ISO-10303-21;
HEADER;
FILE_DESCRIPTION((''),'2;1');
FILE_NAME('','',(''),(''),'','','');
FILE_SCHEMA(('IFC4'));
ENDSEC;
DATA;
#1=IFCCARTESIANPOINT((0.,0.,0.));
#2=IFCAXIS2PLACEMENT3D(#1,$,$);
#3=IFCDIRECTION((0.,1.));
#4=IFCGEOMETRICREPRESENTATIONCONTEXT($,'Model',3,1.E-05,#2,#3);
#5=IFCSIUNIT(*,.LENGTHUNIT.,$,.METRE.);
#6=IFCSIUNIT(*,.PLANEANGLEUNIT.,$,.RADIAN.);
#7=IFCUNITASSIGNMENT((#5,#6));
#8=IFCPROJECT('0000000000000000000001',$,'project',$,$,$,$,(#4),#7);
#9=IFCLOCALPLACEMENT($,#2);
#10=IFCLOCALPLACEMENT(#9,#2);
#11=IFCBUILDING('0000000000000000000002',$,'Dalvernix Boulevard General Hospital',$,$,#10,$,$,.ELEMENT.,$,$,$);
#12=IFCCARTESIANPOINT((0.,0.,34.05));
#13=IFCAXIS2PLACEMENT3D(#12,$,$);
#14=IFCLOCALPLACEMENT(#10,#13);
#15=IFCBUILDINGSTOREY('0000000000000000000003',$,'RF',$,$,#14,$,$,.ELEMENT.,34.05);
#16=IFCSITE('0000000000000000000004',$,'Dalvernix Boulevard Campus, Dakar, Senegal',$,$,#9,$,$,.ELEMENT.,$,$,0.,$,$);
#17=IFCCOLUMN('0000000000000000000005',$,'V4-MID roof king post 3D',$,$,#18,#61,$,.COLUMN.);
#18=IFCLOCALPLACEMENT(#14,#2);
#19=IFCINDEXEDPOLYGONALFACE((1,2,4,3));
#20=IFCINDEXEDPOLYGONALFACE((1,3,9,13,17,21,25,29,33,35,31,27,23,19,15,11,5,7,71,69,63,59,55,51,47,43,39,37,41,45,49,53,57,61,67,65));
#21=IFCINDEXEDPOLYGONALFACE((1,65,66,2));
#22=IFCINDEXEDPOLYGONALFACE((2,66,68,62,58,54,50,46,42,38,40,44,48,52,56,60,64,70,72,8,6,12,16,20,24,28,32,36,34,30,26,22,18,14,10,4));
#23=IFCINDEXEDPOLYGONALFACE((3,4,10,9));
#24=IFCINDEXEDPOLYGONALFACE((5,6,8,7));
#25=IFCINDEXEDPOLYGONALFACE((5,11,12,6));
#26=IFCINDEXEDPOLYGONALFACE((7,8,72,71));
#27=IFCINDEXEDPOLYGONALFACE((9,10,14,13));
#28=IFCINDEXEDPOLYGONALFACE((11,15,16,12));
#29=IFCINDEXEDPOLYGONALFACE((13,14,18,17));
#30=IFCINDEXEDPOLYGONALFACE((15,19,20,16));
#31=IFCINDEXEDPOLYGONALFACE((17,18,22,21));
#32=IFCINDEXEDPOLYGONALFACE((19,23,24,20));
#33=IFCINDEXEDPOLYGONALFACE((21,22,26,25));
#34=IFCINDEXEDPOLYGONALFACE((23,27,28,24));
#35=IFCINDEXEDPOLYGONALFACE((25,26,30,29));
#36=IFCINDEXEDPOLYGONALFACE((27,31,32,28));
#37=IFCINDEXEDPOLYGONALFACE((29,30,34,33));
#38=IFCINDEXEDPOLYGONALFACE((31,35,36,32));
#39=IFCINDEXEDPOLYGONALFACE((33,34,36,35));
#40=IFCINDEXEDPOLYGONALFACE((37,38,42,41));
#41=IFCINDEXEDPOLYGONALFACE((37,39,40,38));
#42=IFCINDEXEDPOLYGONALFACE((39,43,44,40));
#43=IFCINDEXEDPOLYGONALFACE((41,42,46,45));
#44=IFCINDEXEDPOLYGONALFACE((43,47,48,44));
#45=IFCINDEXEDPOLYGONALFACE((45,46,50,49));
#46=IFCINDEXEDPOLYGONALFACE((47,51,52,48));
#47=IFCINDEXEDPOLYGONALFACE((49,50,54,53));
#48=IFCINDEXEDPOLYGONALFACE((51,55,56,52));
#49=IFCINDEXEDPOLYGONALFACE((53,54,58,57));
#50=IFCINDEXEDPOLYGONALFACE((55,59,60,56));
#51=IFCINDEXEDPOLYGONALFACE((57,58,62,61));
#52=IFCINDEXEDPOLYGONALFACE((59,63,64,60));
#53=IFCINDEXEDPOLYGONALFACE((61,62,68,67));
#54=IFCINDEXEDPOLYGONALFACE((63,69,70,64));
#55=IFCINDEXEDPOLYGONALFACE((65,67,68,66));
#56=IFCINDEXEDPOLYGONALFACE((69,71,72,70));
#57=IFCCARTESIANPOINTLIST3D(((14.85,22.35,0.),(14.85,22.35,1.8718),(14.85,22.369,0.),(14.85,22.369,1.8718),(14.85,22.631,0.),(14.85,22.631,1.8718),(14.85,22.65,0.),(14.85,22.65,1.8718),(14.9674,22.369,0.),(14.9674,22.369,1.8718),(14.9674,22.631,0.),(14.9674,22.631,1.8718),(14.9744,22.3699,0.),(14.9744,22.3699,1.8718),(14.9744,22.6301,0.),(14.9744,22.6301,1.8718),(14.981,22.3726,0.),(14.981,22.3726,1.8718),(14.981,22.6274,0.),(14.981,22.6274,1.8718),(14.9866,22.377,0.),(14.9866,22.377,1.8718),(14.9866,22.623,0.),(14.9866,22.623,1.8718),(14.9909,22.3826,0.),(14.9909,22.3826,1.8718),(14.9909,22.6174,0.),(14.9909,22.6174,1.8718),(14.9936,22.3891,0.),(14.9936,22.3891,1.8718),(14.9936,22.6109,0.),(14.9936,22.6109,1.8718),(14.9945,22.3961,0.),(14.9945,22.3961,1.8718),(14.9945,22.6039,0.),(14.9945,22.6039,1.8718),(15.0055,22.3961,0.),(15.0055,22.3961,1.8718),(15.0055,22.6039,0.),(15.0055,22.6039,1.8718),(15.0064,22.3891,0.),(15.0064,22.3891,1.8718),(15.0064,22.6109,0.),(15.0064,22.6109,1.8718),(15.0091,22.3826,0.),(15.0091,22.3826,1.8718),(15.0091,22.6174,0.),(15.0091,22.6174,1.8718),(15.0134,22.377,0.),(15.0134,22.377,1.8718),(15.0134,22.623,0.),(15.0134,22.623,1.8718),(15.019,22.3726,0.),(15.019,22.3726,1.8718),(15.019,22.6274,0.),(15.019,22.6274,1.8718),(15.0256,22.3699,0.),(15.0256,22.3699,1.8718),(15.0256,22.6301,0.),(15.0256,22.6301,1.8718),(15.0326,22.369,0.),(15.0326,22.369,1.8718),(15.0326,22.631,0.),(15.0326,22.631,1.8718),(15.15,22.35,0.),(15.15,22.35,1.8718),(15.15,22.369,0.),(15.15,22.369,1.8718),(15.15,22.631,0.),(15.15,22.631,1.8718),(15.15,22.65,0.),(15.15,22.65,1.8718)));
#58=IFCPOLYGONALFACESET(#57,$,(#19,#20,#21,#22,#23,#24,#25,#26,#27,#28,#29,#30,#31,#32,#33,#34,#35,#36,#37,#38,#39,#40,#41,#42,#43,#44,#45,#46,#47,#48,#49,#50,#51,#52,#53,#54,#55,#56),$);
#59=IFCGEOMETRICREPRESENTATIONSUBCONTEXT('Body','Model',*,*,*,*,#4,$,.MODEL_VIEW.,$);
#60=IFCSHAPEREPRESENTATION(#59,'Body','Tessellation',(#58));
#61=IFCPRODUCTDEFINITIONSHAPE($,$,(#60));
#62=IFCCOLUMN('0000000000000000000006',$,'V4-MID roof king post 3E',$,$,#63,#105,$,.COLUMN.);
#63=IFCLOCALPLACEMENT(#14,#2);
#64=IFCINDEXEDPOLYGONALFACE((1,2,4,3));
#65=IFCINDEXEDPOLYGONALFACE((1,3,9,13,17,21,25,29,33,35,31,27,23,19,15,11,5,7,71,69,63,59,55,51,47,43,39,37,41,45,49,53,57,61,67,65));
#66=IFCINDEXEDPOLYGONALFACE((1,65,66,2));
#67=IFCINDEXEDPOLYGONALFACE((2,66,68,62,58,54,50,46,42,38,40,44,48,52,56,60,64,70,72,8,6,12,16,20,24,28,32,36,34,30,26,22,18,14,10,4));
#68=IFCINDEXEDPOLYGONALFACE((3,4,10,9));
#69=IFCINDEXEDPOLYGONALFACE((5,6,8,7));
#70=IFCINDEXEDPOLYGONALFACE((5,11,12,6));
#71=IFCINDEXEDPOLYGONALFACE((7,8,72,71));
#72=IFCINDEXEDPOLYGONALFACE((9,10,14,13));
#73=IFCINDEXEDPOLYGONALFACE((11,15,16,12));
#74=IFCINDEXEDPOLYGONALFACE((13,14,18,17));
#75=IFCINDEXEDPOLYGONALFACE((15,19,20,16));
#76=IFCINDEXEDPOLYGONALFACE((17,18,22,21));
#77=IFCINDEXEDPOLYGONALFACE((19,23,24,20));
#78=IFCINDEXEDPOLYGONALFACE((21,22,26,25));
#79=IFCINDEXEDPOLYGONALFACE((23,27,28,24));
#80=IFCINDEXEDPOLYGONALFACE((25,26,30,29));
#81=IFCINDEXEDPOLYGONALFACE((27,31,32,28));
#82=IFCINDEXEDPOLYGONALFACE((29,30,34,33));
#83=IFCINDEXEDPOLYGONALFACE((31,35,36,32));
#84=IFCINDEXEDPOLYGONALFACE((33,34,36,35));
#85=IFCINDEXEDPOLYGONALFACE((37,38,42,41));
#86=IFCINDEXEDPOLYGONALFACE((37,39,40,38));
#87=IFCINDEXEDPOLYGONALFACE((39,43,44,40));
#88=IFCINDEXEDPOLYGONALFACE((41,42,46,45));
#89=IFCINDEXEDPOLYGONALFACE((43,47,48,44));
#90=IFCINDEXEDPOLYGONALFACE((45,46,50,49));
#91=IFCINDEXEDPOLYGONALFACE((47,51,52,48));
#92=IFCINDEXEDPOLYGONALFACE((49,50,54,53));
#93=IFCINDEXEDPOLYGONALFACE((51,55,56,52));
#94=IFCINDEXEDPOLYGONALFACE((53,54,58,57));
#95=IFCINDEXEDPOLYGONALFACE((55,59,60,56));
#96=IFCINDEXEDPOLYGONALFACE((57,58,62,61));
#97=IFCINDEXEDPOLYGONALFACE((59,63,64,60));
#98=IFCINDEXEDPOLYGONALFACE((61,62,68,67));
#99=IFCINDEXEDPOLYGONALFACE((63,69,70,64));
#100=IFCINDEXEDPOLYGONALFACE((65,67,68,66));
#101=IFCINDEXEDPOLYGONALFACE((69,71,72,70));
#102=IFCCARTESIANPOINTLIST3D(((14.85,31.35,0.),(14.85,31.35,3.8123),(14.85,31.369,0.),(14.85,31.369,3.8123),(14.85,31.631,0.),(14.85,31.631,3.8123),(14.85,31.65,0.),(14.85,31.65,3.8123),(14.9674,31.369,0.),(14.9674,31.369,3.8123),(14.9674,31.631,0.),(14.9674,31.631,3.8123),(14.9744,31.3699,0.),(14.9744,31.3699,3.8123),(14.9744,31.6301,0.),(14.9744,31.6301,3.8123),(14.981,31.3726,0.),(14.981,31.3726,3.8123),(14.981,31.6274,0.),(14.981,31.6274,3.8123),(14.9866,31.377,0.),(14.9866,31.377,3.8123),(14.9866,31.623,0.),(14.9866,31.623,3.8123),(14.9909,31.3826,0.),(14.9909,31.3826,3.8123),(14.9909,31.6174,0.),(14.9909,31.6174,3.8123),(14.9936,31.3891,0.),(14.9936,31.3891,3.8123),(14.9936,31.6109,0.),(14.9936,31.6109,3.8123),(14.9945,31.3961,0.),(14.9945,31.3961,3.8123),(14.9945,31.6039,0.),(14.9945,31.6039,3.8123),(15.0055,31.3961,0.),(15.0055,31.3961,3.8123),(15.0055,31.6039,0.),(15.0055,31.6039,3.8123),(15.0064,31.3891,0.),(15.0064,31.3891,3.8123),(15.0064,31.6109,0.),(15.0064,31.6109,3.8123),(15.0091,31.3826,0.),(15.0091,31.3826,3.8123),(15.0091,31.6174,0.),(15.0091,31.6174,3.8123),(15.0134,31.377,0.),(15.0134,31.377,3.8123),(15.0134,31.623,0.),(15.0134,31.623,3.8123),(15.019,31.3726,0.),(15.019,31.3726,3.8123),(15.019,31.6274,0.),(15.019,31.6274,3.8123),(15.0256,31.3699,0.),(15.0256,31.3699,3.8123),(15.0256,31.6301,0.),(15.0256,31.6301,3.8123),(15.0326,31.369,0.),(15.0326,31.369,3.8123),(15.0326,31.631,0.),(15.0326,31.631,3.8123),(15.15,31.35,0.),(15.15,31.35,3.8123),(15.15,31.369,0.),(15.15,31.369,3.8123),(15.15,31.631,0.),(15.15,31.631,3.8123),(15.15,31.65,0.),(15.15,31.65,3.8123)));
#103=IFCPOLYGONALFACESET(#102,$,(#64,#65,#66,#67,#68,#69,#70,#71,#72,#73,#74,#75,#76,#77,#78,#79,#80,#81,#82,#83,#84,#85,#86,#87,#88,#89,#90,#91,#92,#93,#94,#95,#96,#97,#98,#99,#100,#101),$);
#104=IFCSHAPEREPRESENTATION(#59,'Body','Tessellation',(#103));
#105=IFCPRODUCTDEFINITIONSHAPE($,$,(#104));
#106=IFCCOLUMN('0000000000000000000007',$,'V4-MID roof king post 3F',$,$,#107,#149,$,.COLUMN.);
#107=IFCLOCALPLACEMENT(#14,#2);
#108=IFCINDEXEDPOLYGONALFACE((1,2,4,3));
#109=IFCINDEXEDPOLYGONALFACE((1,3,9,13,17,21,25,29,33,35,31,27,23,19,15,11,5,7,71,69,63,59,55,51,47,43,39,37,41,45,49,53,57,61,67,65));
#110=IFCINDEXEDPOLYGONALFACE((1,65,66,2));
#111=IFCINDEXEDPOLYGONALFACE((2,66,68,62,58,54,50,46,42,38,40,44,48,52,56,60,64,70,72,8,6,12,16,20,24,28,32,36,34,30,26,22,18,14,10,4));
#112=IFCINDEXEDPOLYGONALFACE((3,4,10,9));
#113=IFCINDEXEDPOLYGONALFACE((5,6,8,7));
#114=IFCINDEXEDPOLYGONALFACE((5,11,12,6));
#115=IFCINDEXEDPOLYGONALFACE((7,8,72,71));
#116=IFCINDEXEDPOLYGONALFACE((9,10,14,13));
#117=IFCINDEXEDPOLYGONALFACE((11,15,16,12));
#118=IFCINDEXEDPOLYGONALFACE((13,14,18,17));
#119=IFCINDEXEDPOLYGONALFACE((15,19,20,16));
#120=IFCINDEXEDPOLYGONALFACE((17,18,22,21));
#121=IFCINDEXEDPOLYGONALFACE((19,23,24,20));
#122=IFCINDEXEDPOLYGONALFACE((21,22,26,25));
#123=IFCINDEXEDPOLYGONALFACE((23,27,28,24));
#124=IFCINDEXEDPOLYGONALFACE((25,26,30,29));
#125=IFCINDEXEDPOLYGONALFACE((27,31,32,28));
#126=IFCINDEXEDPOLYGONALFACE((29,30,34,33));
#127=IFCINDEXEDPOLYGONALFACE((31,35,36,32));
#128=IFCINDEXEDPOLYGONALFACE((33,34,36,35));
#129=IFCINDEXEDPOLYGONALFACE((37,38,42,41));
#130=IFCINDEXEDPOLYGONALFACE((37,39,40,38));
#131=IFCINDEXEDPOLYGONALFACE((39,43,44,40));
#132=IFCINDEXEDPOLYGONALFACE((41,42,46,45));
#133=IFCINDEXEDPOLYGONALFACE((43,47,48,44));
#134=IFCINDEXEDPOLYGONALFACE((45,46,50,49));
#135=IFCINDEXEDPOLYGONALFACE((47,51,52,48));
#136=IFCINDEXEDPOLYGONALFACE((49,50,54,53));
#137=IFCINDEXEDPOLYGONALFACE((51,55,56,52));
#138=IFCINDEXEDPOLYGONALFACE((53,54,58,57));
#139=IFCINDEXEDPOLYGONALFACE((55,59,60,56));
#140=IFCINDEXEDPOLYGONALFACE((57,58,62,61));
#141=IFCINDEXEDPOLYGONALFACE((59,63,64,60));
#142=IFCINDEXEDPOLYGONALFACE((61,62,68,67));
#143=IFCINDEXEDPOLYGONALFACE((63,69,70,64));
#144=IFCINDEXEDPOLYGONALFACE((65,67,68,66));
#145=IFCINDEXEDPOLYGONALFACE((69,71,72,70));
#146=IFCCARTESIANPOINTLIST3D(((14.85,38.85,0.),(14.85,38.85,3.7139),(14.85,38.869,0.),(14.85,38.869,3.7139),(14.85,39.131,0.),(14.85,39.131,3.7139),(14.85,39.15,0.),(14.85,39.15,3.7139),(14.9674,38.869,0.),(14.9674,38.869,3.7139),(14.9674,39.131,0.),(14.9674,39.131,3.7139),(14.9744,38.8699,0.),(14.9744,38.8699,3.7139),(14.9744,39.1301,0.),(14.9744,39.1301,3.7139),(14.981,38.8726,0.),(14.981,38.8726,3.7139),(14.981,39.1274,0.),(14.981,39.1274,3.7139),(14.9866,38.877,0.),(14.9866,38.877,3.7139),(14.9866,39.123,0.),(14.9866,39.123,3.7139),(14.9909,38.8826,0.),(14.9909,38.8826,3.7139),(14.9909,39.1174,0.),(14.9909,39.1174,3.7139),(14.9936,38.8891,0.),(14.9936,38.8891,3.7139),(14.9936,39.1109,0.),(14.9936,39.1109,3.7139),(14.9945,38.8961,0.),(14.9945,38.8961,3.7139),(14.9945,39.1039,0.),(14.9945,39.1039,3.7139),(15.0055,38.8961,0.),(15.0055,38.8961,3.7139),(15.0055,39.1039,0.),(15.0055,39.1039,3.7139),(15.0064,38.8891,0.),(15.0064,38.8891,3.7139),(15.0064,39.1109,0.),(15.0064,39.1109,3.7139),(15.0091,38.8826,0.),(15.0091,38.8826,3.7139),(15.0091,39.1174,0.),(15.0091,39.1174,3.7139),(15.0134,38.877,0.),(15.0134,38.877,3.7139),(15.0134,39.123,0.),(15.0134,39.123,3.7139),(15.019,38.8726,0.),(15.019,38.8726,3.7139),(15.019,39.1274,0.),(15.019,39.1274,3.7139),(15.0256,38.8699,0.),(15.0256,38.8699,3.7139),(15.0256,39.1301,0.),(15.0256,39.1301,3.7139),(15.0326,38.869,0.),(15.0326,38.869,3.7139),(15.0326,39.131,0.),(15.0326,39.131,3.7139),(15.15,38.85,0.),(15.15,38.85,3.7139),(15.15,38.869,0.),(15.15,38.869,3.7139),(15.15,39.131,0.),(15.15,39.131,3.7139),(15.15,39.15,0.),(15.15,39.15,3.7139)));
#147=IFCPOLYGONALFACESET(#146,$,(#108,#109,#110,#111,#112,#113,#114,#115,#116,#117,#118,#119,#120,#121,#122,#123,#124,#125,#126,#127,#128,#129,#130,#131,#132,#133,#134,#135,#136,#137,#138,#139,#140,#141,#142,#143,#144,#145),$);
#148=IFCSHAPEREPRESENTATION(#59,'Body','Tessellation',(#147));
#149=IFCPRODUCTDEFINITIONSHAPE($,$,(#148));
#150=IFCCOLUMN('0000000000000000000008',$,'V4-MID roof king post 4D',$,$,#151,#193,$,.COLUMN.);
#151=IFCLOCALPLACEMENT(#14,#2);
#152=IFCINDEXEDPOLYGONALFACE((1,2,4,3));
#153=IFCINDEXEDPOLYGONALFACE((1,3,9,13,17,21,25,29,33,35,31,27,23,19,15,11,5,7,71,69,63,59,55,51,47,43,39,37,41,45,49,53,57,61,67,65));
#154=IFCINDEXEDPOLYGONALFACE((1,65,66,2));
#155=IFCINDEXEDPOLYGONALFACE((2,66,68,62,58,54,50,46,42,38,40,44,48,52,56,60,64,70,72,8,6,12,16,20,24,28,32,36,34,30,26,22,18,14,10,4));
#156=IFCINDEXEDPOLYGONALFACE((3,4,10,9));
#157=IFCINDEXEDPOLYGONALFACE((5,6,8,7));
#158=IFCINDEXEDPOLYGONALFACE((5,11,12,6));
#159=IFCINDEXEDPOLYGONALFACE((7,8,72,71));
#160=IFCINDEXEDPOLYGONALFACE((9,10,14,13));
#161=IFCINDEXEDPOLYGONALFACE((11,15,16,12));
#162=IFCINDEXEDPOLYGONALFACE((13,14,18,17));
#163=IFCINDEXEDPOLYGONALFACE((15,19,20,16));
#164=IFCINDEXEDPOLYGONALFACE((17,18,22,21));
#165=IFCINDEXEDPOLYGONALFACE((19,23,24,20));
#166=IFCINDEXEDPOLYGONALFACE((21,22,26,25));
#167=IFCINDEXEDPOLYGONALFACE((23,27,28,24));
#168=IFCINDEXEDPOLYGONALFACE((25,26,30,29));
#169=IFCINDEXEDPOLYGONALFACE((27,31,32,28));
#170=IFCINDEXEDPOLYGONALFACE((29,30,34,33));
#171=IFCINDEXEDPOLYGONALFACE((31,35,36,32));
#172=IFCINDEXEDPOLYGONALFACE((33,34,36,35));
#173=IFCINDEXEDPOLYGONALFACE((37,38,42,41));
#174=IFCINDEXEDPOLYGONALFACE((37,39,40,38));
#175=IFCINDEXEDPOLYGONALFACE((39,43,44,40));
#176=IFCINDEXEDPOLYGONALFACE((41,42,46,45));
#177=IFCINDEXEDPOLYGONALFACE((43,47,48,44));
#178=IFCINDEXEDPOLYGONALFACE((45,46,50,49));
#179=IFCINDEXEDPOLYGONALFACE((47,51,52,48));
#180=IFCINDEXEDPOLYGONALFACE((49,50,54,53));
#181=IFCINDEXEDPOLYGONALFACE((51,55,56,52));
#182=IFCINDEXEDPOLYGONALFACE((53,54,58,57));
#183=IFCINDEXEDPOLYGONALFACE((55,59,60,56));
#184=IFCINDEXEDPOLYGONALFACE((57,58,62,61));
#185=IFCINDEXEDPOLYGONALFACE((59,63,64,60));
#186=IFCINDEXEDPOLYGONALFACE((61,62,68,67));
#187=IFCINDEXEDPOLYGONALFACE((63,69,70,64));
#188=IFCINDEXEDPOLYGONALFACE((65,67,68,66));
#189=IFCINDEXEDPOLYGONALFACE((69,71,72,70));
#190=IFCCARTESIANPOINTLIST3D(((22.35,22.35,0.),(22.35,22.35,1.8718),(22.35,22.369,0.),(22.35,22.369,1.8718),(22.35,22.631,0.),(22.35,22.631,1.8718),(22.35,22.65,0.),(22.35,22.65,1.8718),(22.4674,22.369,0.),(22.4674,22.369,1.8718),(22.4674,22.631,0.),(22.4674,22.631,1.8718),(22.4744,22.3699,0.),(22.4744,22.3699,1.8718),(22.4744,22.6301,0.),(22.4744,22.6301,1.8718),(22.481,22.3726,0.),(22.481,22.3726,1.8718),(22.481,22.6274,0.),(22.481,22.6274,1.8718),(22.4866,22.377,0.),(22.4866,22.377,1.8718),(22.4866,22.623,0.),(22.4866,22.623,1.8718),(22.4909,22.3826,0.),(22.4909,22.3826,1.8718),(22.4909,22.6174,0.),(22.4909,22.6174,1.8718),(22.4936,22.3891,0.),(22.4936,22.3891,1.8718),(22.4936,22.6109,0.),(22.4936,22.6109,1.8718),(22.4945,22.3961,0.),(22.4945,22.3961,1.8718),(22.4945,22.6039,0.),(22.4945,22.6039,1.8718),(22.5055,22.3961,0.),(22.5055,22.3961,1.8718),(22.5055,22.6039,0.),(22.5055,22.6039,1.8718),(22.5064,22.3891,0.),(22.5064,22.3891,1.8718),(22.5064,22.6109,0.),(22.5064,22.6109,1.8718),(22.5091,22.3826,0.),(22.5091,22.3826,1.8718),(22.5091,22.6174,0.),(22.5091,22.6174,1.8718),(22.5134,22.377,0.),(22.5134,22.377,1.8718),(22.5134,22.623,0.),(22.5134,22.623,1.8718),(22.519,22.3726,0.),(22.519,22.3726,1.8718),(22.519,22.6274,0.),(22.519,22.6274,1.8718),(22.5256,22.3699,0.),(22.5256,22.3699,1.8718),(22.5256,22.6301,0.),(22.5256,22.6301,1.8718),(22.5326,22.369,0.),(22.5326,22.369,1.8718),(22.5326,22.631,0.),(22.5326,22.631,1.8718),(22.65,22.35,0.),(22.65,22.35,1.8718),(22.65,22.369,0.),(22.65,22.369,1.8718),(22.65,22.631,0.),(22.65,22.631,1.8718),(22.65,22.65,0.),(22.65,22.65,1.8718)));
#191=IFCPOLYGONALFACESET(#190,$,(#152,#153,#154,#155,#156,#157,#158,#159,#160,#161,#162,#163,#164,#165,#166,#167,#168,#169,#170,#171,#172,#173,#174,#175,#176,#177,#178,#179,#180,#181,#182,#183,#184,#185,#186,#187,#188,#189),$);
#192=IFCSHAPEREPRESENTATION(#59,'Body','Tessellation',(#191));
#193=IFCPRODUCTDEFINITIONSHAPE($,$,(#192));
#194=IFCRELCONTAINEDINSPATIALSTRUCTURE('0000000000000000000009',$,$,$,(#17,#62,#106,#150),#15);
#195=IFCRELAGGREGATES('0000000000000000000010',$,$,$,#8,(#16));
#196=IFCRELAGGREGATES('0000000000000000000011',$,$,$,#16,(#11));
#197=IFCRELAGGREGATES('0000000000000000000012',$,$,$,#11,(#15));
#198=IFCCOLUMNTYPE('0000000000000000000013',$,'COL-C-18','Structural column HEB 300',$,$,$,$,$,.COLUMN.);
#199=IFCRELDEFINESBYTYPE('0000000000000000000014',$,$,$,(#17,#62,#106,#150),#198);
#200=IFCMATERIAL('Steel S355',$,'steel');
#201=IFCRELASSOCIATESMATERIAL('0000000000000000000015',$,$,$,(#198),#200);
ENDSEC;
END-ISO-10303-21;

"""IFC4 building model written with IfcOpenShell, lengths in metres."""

from ifc_helpers import new_model, si_unit, direction, frame, origin, origin_2d, place, context, subcontext, project, spatial, i_section, extrude, material, material_profile, profile_set, type_object, element, save


model = new_model("IFC4")

# Units and contexts
model_context = context("Model", 3, precision=1e-05, world=origin(), true_north=direction((0.0, 1.0)))
body_context = subcontext(model_context, "Body", "Model", "MODEL_VIEW")
ifc_project = project(units=[si_unit("LENGTHUNIT", "METRE"), si_unit("PLANEANGLEUNIT", "RADIAN")], contexts=[model_context])

# Site, building, storey
site_placement = place(None, origin())
site = spatial("IfcSite", under=ifc_project, at=site_placement, Name="Dalvernix Boulevard Campus, Dakar, Senegal", CompositionType="ELEMENT", RefElevation=0.0)
building_placement = place(site_placement, origin())
building = spatial("IfcBuilding", under=site, at=building_placement, Name="Dalvernix Boulevard General Hospital", CompositionType="ELEMENT")
storey_placement = place(building_placement, frame((0.0, 0.0, 34.05)))
storey = spatial("IfcBuildingStorey", under=building, at=storey_placement, Name="RF", CompositionType="ELEMENT", Elevation=34.05)

# Columns
ifc_material_1 = material(Name="Steel S355", Category="steel")
ifc_material_profile_1 = material_profile(ifc_material_1, i_section(OverallWidth=0.3, OverallDepth=0.3, WebThickness=0.011, FlangeThickness=0.019, FilletRadius=0.0271, at=origin_2d()), Name="HEB 300")
ifc_profile_set_1 = profile_set([ifc_material_profile_1], Name="Steel S355")
column_type = type_object("IfcColumnType", Name="COL-C-18", Description="Structural column HEB 300", PredefinedType="COLUMN", material=ifc_profile_set_1)
for number, where, z_axis, x_axis, name in (
    (1, (15.0, 22.5, 0.0), (0.0, 0.0, 1.0), (1.0, 0.0, 0.0), "V4-MID roof king post 3D"),
):
    element("IfcColumn", number, at=place(storey_placement, frame(where, z_axis=z_axis, x_axis=x_axis)), inside=storey, type_object=column_type, Name=name, PredefinedType="COLUMN", context=body_context, shape_type="SweptSolid", body=[
        extrude(i_section(OverallWidth=0.3, OverallDepth=0.3, WebThickness=0.011, FlangeThickness=0.019, FilletRadius=0.0271, at=origin_2d()), origin(), (0.0, 0.0, 1.0), 1.8718),
    ])
column_1_placement = place(storey_placement, frame((15.0, 31.5, 0.0), z_axis=(0.0, 0.0, 1.0), x_axis=(1.0, 0.0, 0.0)))
element("IfcColumn", 2, at=column_1_placement, inside=storey, type_object=column_type, Name="V4-MID roof king post 3E", PredefinedType="COLUMN", context=body_context, shape_type="SweptSolid", body=[
    extrude(i_section(OverallWidth=0.3, OverallDepth=0.3, WebThickness=0.011, FlangeThickness=0.019, FilletRadius=0.0271, at=origin_2d()), origin(), (0.0, 0.0, 1.0), 3.8123),
])
column_2_placement = place(storey_placement, frame((15.0, 39.0, 0.0), z_axis=(0.0, 0.0, 1.0), x_axis=(1.0, 0.0, 0.0)))
element("IfcColumn", 3, at=column_2_placement, inside=storey, type_object=column_type, Name="V4-MID roof king post 3F", PredefinedType="COLUMN", context=body_context, shape_type="SweptSolid", body=[
    extrude(i_section(OverallWidth=0.3, OverallDepth=0.3, WebThickness=0.011, FlangeThickness=0.019, FilletRadius=0.0271, at=origin_2d()), origin(), (0.0, 0.0, 1.0), 3.7139),
])
column_3_placement = place(storey_placement, frame((22.5, 22.5, 0.0), z_axis=(0.0, 0.0, 1.0), x_axis=(1.0, 0.0, 0.0)))
element("IfcColumn", 4, at=column_3_placement, inside=storey, type_object=column_type, Name="V4-MID roof king post 4D", PredefinedType="COLUMN", context=body_context, shape_type="SweptSolid", body=[
    extrude(i_section(OverallWidth=0.3, OverallDepth=0.3, WebThickness=0.011, FlangeThickness=0.019, FilletRadius=0.0271, at=origin_2d()), origin(), (0.0, 0.0, 1.0), 1.8718),
])

save(model, "model.ifc")
